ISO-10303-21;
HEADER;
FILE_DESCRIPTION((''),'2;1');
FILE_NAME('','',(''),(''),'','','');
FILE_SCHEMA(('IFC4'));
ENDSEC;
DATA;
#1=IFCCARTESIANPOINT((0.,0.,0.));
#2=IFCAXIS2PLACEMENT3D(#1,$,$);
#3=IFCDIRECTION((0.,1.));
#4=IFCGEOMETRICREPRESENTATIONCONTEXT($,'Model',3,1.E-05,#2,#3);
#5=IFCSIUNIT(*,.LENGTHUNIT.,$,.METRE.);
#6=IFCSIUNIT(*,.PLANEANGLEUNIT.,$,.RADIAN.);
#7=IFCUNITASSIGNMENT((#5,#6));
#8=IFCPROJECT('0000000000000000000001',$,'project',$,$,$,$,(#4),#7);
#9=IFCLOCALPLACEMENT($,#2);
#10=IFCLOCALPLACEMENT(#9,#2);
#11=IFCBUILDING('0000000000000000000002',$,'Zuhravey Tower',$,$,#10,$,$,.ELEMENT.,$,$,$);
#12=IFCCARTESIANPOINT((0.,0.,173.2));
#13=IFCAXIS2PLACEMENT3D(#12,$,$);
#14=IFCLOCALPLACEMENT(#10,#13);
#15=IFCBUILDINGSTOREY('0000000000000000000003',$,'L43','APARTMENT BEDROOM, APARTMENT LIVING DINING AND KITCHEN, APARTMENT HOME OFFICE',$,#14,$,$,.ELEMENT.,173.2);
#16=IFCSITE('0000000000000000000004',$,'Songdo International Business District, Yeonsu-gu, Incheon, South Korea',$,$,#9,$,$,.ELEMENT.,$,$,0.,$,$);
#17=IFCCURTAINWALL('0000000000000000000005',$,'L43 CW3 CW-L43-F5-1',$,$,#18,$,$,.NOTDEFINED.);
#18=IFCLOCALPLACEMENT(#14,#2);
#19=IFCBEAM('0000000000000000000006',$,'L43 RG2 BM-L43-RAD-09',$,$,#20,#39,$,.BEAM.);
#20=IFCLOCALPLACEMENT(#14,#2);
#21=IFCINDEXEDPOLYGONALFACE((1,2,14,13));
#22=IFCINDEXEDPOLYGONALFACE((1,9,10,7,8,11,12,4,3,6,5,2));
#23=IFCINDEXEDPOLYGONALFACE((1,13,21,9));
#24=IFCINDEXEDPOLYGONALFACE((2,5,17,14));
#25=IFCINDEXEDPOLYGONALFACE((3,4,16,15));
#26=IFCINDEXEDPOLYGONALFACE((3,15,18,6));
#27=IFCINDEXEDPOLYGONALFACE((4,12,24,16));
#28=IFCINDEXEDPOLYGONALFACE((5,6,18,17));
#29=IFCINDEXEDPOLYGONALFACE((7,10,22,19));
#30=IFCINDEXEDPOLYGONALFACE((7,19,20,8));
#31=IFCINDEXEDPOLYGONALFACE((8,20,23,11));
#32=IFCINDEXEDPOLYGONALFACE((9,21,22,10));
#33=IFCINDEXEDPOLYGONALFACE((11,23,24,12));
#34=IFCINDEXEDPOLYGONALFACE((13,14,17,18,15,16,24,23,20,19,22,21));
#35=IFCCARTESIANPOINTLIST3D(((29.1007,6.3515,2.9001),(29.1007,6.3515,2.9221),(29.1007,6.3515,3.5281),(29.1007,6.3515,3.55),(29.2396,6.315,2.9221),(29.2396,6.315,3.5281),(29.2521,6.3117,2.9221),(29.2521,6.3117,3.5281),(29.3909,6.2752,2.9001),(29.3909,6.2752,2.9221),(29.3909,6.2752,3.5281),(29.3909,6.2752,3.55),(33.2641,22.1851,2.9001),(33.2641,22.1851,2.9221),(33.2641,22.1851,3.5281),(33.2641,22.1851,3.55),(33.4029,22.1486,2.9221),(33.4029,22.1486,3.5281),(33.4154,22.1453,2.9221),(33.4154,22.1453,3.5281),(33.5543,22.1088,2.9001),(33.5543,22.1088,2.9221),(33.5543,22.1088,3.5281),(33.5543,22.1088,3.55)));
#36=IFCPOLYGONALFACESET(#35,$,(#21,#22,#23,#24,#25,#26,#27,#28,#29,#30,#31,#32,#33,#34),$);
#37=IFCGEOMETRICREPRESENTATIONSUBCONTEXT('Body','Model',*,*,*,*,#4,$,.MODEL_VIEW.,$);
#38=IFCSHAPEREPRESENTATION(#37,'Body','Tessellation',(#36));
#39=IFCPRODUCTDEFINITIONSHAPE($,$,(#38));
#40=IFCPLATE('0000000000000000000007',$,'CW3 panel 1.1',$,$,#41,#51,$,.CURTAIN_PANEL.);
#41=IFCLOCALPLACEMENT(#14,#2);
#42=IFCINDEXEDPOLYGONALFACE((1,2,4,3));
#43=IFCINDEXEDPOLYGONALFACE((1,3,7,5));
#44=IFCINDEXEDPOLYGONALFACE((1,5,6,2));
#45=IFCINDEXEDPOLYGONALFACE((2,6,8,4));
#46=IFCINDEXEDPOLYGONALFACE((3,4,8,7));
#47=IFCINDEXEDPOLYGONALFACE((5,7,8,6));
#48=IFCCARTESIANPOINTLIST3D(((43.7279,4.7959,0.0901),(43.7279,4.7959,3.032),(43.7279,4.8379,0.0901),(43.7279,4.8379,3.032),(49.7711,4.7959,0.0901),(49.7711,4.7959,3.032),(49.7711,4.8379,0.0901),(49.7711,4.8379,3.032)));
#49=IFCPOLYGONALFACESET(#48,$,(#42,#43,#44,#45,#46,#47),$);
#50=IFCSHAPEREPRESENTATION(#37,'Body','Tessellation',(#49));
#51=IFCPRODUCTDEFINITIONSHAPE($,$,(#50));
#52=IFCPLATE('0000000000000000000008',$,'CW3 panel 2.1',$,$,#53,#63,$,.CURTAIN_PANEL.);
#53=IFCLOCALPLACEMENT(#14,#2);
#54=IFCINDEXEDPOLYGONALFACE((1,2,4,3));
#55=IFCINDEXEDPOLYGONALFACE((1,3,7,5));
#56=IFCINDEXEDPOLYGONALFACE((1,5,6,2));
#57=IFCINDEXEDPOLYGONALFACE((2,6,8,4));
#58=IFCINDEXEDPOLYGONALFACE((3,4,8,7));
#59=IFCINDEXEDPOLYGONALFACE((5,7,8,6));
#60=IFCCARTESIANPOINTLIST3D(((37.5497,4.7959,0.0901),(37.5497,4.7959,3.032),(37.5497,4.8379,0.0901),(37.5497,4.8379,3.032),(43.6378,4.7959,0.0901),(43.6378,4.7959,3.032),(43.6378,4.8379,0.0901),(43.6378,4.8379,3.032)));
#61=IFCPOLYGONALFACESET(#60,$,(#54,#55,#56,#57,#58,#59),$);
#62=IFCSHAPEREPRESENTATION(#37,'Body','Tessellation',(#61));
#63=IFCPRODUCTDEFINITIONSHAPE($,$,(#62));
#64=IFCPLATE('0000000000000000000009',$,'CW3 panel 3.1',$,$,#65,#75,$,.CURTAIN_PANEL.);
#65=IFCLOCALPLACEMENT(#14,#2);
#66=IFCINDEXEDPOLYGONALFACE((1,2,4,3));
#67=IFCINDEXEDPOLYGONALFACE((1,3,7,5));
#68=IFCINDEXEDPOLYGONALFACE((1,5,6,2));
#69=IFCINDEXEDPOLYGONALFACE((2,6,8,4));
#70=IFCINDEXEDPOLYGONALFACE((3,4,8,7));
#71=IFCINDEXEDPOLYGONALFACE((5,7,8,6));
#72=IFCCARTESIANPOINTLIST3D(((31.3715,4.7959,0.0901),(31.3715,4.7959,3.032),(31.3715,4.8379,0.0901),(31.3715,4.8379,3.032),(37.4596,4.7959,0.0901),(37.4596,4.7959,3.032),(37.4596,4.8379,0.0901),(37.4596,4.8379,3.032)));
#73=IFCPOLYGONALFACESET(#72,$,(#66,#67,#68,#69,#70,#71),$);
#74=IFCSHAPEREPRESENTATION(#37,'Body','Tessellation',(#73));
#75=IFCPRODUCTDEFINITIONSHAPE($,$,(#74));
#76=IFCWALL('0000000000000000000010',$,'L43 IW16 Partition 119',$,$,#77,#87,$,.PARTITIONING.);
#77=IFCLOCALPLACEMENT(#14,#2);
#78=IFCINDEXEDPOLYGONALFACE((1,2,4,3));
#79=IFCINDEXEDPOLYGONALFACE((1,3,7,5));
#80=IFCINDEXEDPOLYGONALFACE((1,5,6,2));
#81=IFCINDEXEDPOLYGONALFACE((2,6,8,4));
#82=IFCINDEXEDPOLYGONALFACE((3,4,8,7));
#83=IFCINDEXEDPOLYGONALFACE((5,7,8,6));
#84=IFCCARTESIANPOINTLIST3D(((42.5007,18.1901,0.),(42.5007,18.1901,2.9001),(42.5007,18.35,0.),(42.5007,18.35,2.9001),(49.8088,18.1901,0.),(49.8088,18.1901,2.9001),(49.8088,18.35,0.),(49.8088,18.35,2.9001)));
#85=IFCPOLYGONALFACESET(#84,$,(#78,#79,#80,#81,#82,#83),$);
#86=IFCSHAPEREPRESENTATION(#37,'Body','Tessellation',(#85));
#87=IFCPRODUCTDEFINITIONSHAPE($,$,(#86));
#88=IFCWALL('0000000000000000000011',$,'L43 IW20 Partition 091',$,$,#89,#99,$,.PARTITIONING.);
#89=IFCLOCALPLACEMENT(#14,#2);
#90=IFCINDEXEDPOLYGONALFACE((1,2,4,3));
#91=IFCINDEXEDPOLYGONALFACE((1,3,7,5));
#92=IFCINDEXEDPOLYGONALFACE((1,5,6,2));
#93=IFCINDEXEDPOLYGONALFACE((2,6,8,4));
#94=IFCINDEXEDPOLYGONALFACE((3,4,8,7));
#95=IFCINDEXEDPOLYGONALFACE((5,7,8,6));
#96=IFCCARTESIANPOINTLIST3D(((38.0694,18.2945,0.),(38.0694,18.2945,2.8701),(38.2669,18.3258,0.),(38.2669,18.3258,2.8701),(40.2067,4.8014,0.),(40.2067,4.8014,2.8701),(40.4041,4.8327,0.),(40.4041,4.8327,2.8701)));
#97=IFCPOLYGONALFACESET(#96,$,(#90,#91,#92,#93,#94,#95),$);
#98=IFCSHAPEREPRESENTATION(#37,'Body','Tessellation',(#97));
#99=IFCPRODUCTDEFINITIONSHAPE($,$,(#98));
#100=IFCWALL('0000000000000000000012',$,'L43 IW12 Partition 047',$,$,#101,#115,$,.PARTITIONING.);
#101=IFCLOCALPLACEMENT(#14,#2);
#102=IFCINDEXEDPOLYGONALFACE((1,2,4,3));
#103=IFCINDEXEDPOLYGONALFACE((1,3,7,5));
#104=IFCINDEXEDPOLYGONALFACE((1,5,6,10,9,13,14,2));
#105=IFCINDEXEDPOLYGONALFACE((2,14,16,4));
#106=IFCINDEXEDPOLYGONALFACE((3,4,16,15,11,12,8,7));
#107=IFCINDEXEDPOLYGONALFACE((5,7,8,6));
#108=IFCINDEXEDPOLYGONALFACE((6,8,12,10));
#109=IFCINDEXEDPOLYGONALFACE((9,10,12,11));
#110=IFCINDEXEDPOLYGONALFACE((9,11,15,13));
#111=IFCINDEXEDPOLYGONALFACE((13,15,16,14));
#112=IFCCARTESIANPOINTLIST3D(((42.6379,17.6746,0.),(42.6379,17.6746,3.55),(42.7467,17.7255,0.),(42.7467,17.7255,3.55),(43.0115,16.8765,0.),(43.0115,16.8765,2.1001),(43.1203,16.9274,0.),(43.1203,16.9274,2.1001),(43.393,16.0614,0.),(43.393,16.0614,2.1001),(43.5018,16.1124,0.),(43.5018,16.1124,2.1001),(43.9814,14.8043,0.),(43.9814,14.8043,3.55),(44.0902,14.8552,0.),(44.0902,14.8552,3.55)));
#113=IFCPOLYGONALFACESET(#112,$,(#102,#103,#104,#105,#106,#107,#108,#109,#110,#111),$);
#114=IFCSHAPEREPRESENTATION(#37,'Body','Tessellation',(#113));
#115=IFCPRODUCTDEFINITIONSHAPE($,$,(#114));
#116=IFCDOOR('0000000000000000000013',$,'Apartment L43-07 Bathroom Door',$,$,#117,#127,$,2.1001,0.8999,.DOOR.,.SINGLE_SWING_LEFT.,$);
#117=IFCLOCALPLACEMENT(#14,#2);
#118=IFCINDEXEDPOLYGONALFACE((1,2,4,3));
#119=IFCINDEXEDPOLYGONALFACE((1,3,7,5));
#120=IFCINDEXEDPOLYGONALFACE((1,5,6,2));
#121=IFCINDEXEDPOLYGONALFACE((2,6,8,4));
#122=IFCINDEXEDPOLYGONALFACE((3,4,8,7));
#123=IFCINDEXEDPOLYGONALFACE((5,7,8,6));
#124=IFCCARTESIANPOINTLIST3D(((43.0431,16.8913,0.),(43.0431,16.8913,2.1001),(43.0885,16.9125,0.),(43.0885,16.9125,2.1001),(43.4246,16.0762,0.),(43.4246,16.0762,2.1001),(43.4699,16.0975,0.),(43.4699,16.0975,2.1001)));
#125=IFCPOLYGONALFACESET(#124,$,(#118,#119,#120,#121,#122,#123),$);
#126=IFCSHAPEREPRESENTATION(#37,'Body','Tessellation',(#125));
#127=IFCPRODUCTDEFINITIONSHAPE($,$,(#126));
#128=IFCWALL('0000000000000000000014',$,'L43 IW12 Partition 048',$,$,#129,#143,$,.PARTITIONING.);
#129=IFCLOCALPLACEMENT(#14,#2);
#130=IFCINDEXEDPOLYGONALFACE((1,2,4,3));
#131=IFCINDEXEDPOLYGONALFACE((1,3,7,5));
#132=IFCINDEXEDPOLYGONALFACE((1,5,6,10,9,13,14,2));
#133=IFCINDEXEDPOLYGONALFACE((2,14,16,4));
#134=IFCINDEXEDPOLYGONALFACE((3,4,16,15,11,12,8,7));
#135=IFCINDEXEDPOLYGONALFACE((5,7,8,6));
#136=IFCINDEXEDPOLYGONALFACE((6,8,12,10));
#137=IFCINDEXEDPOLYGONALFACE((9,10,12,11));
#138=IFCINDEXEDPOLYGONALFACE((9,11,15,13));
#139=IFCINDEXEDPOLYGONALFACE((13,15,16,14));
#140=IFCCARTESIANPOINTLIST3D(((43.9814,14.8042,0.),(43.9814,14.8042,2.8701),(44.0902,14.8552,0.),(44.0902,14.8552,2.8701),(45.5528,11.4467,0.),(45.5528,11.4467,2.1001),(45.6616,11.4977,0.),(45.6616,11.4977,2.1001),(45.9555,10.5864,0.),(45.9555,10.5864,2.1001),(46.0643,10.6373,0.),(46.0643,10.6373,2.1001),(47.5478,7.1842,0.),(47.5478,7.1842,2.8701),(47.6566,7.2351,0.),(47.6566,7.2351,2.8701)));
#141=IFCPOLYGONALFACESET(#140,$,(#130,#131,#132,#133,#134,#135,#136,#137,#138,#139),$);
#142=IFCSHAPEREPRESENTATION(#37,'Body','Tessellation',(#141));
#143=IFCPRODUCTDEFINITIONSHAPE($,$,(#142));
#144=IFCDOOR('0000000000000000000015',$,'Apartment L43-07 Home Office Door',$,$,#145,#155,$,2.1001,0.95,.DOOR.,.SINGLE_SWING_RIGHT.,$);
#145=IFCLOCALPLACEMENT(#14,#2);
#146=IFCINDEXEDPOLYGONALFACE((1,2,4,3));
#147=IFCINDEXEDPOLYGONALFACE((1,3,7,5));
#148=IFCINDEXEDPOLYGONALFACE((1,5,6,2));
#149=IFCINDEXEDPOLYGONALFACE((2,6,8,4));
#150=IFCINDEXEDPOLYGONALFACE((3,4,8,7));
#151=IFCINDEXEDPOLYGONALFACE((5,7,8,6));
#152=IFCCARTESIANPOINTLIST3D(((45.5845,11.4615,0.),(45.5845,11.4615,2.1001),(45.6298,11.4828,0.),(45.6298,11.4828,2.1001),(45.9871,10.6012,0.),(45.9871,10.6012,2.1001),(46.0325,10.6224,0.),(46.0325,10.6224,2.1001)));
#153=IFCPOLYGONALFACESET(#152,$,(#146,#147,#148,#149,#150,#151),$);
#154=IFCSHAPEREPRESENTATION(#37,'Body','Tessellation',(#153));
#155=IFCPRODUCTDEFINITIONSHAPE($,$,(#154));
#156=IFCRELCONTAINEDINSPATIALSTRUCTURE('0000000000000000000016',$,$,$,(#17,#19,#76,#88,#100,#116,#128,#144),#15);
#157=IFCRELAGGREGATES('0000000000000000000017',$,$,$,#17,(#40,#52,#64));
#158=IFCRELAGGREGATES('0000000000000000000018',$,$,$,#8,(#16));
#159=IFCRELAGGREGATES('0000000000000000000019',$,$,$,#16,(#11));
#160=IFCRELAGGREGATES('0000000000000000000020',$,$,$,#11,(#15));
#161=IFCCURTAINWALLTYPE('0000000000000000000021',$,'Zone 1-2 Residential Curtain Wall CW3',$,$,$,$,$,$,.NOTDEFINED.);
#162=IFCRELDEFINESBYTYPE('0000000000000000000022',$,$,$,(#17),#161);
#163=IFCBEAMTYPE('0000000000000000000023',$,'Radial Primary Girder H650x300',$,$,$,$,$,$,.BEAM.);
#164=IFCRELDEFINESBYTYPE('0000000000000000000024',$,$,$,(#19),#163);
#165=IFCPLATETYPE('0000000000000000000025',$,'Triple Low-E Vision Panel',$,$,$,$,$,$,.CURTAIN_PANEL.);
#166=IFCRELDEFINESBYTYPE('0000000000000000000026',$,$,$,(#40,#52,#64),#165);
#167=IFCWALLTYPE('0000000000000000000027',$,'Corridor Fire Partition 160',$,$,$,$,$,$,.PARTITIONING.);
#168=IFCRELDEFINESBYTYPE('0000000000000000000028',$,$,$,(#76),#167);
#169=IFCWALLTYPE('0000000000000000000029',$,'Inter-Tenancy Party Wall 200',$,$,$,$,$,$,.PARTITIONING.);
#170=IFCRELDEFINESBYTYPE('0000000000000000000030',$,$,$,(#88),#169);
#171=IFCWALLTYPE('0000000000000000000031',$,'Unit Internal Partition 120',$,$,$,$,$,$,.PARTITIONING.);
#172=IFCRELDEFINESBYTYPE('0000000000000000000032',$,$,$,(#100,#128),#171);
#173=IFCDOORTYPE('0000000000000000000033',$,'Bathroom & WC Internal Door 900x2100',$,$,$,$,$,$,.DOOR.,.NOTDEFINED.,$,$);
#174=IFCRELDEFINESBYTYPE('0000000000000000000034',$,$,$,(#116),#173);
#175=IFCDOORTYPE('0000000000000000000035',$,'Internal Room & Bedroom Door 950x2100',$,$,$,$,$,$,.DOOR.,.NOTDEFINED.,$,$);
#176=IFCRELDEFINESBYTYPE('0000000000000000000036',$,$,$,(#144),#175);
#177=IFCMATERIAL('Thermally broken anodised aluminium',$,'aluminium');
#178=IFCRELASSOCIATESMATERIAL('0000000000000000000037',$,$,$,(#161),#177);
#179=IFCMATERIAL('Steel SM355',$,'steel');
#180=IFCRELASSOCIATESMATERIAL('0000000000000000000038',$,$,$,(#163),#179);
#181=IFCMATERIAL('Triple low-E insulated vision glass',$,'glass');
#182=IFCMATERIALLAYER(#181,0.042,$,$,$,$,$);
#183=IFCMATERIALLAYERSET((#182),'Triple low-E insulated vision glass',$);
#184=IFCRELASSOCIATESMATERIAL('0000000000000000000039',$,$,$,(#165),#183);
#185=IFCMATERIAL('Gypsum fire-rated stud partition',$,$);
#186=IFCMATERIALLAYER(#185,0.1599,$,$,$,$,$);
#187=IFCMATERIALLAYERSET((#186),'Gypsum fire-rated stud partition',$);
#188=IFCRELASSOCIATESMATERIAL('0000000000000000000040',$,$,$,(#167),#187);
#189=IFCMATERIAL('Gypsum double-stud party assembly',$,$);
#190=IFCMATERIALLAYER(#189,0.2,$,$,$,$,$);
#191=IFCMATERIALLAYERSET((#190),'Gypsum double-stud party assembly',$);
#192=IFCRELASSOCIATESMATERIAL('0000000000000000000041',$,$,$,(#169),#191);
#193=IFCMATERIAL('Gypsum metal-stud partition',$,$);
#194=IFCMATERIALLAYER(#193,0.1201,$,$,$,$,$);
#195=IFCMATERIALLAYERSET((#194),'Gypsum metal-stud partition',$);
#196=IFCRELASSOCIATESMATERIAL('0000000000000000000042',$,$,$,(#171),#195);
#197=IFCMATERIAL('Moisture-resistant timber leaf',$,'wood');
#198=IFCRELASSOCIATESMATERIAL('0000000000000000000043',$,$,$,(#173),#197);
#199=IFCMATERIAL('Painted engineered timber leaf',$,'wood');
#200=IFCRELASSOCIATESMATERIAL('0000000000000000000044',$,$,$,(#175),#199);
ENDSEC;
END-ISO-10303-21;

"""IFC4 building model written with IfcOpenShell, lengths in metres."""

from ifc_helpers import new_model, si_unit, direction, frame, frame_2d, origin, origin_2d, place, context, subcontext, project, spatial, rectangle, i_section, extrude, material, layer, layer_set, material_profile, profile_set, type_object, element, fill, aggregate, save


model = new_model("IFC4")

# Units and contexts
model_context = context("Model", 3, precision=1e-05, world=origin(), true_north=direction((0.0, 1.0)))
body_context = subcontext(model_context, "Body", "Model", "MODEL_VIEW")
ifc_project = project(units=[si_unit("LENGTHUNIT", "METRE"), si_unit("PLANEANGLEUNIT", "RADIAN")], contexts=[model_context])

# Site, building, storey
site_placement = place(None, origin())
site = spatial("IfcSite", under=ifc_project, at=site_placement, Name="Songdo International Business District, Yeonsu-gu, Incheon, South Korea", CompositionType="ELEMENT", RefElevation=0.0)
building_placement = place(site_placement, origin())
building = spatial("IfcBuilding", under=site, at=building_placement, Name="Zuhravey Tower", CompositionType="ELEMENT")
storey_placement = place(building_placement, frame((0.0, 0.0, 173.2)))
storey = spatial("IfcBuildingStorey", under=building, at=storey_placement, Name="L43", Description="APARTMENT BEDROOM, APARTMENT LIVING DINING AND KITCHEN, APARTMENT HOME OFFICE", CompositionType="ELEMENT", Elevation=173.2)

# Curtain wall
ifc_material_1 = material(Name="Thermally broken anodised aluminium", Category="aluminium")
curtain_wall_type = type_object("IfcCurtainWallType", Name="Zone 1-2 Residential Curtain Wall CW3", PredefinedType="NOTDEFINED", material=ifc_material_1)
curtain_wall_placement = place(storey_placement, origin())
curtain_wall = element("IfcCurtainWall", 1, at=curtain_wall_placement, inside=storey, type_object=curtain_wall_type, Name="L43 CW3 CW-L43-F5-1", PredefinedType="NOTDEFINED")

# Beam
ifc_material_2 = material(Name="Steel SM355", Category="steel")
ifc_material_profile_1 = material_profile(ifc_material_2, i_section(OverallWidth=0.3, OverallDepth=0.6499, WebThickness=0.0129, FlangeThickness=0.022, at=origin_2d()), Name="H-650x300x13x22")
ifc_profile_set_1 = profile_set([ifc_material_profile_1], Name="Steel SM355")
beam_type_1 = type_object("IfcBeamType", Name="Radial Primary Girder H650x300", PredefinedType="BEAM", material=ifc_profile_set_1)
beam_1_placement = place(storey_placement, frame((33.4092, 22.147, 3.2251), z_axis=(-0.2543, -0.967125, 0.0), x_axis=(0.967125, -0.2543, 0.0)))
element("IfcBeam", 2, at=beam_1_placement, inside=storey, type_object=beam_type_1, Name="L43 RG2 BM-L43-RAD-09", PredefinedType="BEAM", context=body_context, shape_type="SweptSolid", body=[
    extrude(i_section(OverallWidth=0.3, OverallDepth=0.6499, WebThickness=0.0129, FlangeThickness=0.022, at=origin_2d()), origin(), (0.0, 0.0, 1.0), 16.3718),
])

# Plates
ifc_material_3 = material(Name="Triple low-E insulated vision glass", Category="glass")
ifc_layer_1 = layer(ifc_material_3, 0.042)
ifc_layer_set_1 = layer_set([ifc_layer_1], Name="Triple low-E insulated vision glass")
plate_type = type_object("IfcPlateType", Name="Triple Low-E Vision Panel", PredefinedType="CURTAIN_PANEL", material=ifc_layer_set_1)
plate_1_placement = place(storey_placement, frame((46.7495, 4.8169, 0.0901), z_axis=(0.0, 0.0, 1.0), x_axis=(-1.0, 0.0, 0.0)))
plate_1 = element("IfcPlate", 3, at=plate_1_placement, type_object=plate_type, Name="CW3 panel 1.1", PredefinedType="CURTAIN_PANEL", context=body_context, shape_type="SweptSolid", body=[
    extrude(rectangle(XDim=6.0432, YDim=0.042, at=origin_2d()), origin(), (0.0, 0.0, 1.0), 2.9419),
])
plate_2_placement = place(storey_placement, frame((40.5938, 4.8169, 0.0901), z_axis=(0.0, 0.0, 1.0), x_axis=(-1.0, 0.0, 0.0)))
plate_2 = element("IfcPlate", 4, at=plate_2_placement, type_object=plate_type, Name="CW3 panel 2.1", PredefinedType="CURTAIN_PANEL", context=body_context, shape_type="SweptSolid", body=[
    extrude(rectangle(XDim=6.0881, YDim=0.042, at=origin_2d()), origin(), (0.0, 0.0, 1.0), 2.9419),
])
plate_3_placement = place(storey_placement, frame((34.4155, 4.8169, 0.0901), z_axis=(0.0, 0.0, 1.0), x_axis=(-1.0, 0.0, 0.0)))
plate_3 = element("IfcPlate", 5, at=plate_3_placement, type_object=plate_type, Name="CW3 panel 3.1", PredefinedType="CURTAIN_PANEL", context=body_context, shape_type="SweptSolid", body=[
    extrude(rectangle(XDim=6.0881, YDim=0.042, at=origin_2d()), origin(), (0.0, 0.0, 1.0), 2.9419),
])
aggregate(curtain_wall, [plate_1, plate_2, plate_3])

# Shared definitions
ifc_material_4 = material(Name="Gypsum fire-rated stud partition")
ifc_layer_2 = layer(ifc_material_4, 0.1599)
ifc_layer_set_2 = layer_set([ifc_layer_2], Name="Gypsum fire-rated stud partition")
wall_type_1 = type_object("IfcWallType", Name="Corridor Fire Partition 160", PredefinedType="PARTITIONING", material=ifc_layer_set_2)

# Walls
wall_1_placement = place(storey_placement, frame((42.5007, 18.27, 0.0), z_axis=(0.0, 0.0, 1.0), x_axis=(1.0, 0.0, 0.0)))
element("IfcWall", 6, at=wall_1_placement, inside=storey, type_object=wall_type_1, Name="L43 IW16 Partition 119", PredefinedType="PARTITIONING", context=body_context, shape_type="SweptSolid", body=[
    extrude(rectangle(XDim=7.3081, YDim=0.1599, at=frame_2d((3.6541, 0.0))), origin(), (0.0, 0.0, 1.0), 2.9001),
])
ifc_material_5 = material(Name="Gypsum double-stud party assembly")
ifc_layer_3 = layer(ifc_material_5, 0.2)
ifc_layer_set_3 = layer_set([ifc_layer_3], Name="Gypsum double-stud party assembly")
wall_type_2 = type_object("IfcWallType", Name="Inter-Tenancy Party Wall 200", PredefinedType="PARTITIONING", material=ifc_layer_set_3)
wall_2_placement = place(storey_placement, frame((38.1682, 18.3101, 0.0), z_axis=(0.0, 0.0, 1.0), x_axis=(0.156442, -0.987687, 0.0)))
element("IfcWall", 7, at=wall_2_placement, inside=storey, type_object=wall_type_2, Name="L43 IW20 Partition 091", PredefinedType="PARTITIONING", context=body_context, shape_type="SweptSolid", body=[
    extrude(rectangle(XDim=13.6614, YDim=0.2, at=frame_2d((6.8306, 0.0))), origin(), (0.0, 0.0, 1.0), 2.8701),
])

# Walls, openings, doors
ifc_material_6 = material(Name="Gypsum metal-stud partition")
ifc_layer_4 = layer(ifc_material_6, 0.1201)
ifc_layer_set_4 = layer_set([ifc_layer_4], Name="Gypsum metal-stud partition")
wall_type_3 = type_object("IfcWallType", Name="Unit Internal Partition 120", PredefinedType="PARTITIONING", material=ifc_layer_set_4)
wall_3_placement = place(storey_placement, frame((42.6924, 17.7, 0.0), z_axis=(0.0, 0.0, 1.0), x_axis=(0.423923, -0.905698, 0.0)))
wall_3 = element("IfcWall", 8, at=wall_3_placement, inside=storey, type_object=wall_type_3, Name="L43 IW12 Partition 047", PredefinedType="PARTITIONING", context=body_context, shape_type="SweptSolid", body=[
    extrude(rectangle(XDim=3.1692, YDim=0.1201, at=frame_2d((1.5845, 0.0))), origin(), (0.0, 0.0, 1.0), 3.55),
])
opening_1_placement = place(wall_3_placement, frame((0.8811, 0.0, 0.0)))
opening_1 = element("IfcOpeningElement", 9, at=opening_1_placement, cuts=wall_3, PredefinedType="OPENING", context=body_context, shape_type="SweptSolid", body=[
    extrude(rectangle(XDim=0.8999, YDim=2.1001, at=frame_2d((0.45, 1.05))), frame((0.0, 0.072, 0.0), z_axis=(0.0, -1.0, 0.0), x_axis=(1.0, 0.0, 0.0)), (0.0, 0.0, 1.0), 0.144),
])
ifc_material_7 = material(Name="Moisture-resistant timber leaf", Category="wood")
door_type_1 = type_object("IfcDoorType", Name="Bathroom & WC Internal Door 900x2100", OperationType="NOTDEFINED", PredefinedType="DOOR", material=ifc_material_7)
door_1_placement = place(opening_1_placement, origin())
door_1 = element("IfcDoor", 10, at=door_1_placement, inside=storey, type_object=door_type_1, Name="Apartment L43-07 Bathroom Door", OperationType="SINGLE_SWING_LEFT", OverallHeight=2.1001, OverallWidth=0.8999, PredefinedType="DOOR", context=body_context, shape_type="SweptSolid", body=[
    extrude(rectangle(XDim=0.8999, YDim=2.1001, at=frame_2d((0.45, 1.05))), frame((0.0, 0.0249, 0.0), z_axis=(0.0, -1.0, 0.0), x_axis=(1.0, 0.0, 0.0)), (0.0, 0.0, 1.0), 0.05),
])
fill(opening_1, door_1)
wall_4_placement = place(storey_placement, frame((44.0359, 14.8296, 0.0), z_axis=(0.0, 0.0, 1.0), x_axis=(0.423896, -0.905711, 0.0)))
wall_4 = element("IfcWall", 11, at=wall_4_placement, inside=storey, type_object=wall_type_3, Name="L43 IW12 Partition 048", PredefinedType="PARTITIONING", context=body_context, shape_type="SweptSolid", body=[
    extrude(rectangle(XDim=8.4133, YDim=0.1201, at=frame_2d((4.2065, 0.0))), origin(), (0.0, 0.0, 1.0), 2.8701),
])
opening_2_placement = place(wall_4_placement, frame((3.7068, 0.0, 0.0)))
opening_2 = element("IfcOpeningElement", 12, at=opening_2_placement, cuts=wall_4, PredefinedType="OPENING", context=body_context, shape_type="SweptSolid", body=[
    extrude(rectangle(XDim=0.95, YDim=2.1001, at=frame_2d((0.4751, 1.05))), frame((0.0, 0.072, 0.0), z_axis=(0.0, -1.0, 0.0), x_axis=(1.0, 0.0, 0.0)), (0.0, 0.0, 1.0), 0.144),
])
ifc_material_8 = material(Name="Painted engineered timber leaf", Category="wood")
door_type_2 = type_object("IfcDoorType", Name="Internal Room & Bedroom Door 950x2100", OperationType="NOTDEFINED", PredefinedType="DOOR", material=ifc_material_8)
door_2_placement = place(opening_2_placement, origin())
door_2 = element("IfcDoor", 13, at=door_2_placement, inside=storey, type_object=door_type_2, Name="Apartment L43-07 Home Office Door", OperationType="SINGLE_SWING_RIGHT", OverallHeight=2.1001, OverallWidth=0.95, PredefinedType="DOOR", context=body_context, shape_type="SweptSolid", body=[
    extrude(rectangle(XDim=0.95, YDim=2.1001, at=frame_2d((0.4751, 1.05))), frame((0.0, 0.0249, 0.0), z_axis=(0.0, -1.0, 0.0), x_axis=(1.0, 0.0, 0.0)), (0.0, 0.0, 1.0), 0.05),
])
fill(opening_2, door_2)

save(model, "model.ifc")
